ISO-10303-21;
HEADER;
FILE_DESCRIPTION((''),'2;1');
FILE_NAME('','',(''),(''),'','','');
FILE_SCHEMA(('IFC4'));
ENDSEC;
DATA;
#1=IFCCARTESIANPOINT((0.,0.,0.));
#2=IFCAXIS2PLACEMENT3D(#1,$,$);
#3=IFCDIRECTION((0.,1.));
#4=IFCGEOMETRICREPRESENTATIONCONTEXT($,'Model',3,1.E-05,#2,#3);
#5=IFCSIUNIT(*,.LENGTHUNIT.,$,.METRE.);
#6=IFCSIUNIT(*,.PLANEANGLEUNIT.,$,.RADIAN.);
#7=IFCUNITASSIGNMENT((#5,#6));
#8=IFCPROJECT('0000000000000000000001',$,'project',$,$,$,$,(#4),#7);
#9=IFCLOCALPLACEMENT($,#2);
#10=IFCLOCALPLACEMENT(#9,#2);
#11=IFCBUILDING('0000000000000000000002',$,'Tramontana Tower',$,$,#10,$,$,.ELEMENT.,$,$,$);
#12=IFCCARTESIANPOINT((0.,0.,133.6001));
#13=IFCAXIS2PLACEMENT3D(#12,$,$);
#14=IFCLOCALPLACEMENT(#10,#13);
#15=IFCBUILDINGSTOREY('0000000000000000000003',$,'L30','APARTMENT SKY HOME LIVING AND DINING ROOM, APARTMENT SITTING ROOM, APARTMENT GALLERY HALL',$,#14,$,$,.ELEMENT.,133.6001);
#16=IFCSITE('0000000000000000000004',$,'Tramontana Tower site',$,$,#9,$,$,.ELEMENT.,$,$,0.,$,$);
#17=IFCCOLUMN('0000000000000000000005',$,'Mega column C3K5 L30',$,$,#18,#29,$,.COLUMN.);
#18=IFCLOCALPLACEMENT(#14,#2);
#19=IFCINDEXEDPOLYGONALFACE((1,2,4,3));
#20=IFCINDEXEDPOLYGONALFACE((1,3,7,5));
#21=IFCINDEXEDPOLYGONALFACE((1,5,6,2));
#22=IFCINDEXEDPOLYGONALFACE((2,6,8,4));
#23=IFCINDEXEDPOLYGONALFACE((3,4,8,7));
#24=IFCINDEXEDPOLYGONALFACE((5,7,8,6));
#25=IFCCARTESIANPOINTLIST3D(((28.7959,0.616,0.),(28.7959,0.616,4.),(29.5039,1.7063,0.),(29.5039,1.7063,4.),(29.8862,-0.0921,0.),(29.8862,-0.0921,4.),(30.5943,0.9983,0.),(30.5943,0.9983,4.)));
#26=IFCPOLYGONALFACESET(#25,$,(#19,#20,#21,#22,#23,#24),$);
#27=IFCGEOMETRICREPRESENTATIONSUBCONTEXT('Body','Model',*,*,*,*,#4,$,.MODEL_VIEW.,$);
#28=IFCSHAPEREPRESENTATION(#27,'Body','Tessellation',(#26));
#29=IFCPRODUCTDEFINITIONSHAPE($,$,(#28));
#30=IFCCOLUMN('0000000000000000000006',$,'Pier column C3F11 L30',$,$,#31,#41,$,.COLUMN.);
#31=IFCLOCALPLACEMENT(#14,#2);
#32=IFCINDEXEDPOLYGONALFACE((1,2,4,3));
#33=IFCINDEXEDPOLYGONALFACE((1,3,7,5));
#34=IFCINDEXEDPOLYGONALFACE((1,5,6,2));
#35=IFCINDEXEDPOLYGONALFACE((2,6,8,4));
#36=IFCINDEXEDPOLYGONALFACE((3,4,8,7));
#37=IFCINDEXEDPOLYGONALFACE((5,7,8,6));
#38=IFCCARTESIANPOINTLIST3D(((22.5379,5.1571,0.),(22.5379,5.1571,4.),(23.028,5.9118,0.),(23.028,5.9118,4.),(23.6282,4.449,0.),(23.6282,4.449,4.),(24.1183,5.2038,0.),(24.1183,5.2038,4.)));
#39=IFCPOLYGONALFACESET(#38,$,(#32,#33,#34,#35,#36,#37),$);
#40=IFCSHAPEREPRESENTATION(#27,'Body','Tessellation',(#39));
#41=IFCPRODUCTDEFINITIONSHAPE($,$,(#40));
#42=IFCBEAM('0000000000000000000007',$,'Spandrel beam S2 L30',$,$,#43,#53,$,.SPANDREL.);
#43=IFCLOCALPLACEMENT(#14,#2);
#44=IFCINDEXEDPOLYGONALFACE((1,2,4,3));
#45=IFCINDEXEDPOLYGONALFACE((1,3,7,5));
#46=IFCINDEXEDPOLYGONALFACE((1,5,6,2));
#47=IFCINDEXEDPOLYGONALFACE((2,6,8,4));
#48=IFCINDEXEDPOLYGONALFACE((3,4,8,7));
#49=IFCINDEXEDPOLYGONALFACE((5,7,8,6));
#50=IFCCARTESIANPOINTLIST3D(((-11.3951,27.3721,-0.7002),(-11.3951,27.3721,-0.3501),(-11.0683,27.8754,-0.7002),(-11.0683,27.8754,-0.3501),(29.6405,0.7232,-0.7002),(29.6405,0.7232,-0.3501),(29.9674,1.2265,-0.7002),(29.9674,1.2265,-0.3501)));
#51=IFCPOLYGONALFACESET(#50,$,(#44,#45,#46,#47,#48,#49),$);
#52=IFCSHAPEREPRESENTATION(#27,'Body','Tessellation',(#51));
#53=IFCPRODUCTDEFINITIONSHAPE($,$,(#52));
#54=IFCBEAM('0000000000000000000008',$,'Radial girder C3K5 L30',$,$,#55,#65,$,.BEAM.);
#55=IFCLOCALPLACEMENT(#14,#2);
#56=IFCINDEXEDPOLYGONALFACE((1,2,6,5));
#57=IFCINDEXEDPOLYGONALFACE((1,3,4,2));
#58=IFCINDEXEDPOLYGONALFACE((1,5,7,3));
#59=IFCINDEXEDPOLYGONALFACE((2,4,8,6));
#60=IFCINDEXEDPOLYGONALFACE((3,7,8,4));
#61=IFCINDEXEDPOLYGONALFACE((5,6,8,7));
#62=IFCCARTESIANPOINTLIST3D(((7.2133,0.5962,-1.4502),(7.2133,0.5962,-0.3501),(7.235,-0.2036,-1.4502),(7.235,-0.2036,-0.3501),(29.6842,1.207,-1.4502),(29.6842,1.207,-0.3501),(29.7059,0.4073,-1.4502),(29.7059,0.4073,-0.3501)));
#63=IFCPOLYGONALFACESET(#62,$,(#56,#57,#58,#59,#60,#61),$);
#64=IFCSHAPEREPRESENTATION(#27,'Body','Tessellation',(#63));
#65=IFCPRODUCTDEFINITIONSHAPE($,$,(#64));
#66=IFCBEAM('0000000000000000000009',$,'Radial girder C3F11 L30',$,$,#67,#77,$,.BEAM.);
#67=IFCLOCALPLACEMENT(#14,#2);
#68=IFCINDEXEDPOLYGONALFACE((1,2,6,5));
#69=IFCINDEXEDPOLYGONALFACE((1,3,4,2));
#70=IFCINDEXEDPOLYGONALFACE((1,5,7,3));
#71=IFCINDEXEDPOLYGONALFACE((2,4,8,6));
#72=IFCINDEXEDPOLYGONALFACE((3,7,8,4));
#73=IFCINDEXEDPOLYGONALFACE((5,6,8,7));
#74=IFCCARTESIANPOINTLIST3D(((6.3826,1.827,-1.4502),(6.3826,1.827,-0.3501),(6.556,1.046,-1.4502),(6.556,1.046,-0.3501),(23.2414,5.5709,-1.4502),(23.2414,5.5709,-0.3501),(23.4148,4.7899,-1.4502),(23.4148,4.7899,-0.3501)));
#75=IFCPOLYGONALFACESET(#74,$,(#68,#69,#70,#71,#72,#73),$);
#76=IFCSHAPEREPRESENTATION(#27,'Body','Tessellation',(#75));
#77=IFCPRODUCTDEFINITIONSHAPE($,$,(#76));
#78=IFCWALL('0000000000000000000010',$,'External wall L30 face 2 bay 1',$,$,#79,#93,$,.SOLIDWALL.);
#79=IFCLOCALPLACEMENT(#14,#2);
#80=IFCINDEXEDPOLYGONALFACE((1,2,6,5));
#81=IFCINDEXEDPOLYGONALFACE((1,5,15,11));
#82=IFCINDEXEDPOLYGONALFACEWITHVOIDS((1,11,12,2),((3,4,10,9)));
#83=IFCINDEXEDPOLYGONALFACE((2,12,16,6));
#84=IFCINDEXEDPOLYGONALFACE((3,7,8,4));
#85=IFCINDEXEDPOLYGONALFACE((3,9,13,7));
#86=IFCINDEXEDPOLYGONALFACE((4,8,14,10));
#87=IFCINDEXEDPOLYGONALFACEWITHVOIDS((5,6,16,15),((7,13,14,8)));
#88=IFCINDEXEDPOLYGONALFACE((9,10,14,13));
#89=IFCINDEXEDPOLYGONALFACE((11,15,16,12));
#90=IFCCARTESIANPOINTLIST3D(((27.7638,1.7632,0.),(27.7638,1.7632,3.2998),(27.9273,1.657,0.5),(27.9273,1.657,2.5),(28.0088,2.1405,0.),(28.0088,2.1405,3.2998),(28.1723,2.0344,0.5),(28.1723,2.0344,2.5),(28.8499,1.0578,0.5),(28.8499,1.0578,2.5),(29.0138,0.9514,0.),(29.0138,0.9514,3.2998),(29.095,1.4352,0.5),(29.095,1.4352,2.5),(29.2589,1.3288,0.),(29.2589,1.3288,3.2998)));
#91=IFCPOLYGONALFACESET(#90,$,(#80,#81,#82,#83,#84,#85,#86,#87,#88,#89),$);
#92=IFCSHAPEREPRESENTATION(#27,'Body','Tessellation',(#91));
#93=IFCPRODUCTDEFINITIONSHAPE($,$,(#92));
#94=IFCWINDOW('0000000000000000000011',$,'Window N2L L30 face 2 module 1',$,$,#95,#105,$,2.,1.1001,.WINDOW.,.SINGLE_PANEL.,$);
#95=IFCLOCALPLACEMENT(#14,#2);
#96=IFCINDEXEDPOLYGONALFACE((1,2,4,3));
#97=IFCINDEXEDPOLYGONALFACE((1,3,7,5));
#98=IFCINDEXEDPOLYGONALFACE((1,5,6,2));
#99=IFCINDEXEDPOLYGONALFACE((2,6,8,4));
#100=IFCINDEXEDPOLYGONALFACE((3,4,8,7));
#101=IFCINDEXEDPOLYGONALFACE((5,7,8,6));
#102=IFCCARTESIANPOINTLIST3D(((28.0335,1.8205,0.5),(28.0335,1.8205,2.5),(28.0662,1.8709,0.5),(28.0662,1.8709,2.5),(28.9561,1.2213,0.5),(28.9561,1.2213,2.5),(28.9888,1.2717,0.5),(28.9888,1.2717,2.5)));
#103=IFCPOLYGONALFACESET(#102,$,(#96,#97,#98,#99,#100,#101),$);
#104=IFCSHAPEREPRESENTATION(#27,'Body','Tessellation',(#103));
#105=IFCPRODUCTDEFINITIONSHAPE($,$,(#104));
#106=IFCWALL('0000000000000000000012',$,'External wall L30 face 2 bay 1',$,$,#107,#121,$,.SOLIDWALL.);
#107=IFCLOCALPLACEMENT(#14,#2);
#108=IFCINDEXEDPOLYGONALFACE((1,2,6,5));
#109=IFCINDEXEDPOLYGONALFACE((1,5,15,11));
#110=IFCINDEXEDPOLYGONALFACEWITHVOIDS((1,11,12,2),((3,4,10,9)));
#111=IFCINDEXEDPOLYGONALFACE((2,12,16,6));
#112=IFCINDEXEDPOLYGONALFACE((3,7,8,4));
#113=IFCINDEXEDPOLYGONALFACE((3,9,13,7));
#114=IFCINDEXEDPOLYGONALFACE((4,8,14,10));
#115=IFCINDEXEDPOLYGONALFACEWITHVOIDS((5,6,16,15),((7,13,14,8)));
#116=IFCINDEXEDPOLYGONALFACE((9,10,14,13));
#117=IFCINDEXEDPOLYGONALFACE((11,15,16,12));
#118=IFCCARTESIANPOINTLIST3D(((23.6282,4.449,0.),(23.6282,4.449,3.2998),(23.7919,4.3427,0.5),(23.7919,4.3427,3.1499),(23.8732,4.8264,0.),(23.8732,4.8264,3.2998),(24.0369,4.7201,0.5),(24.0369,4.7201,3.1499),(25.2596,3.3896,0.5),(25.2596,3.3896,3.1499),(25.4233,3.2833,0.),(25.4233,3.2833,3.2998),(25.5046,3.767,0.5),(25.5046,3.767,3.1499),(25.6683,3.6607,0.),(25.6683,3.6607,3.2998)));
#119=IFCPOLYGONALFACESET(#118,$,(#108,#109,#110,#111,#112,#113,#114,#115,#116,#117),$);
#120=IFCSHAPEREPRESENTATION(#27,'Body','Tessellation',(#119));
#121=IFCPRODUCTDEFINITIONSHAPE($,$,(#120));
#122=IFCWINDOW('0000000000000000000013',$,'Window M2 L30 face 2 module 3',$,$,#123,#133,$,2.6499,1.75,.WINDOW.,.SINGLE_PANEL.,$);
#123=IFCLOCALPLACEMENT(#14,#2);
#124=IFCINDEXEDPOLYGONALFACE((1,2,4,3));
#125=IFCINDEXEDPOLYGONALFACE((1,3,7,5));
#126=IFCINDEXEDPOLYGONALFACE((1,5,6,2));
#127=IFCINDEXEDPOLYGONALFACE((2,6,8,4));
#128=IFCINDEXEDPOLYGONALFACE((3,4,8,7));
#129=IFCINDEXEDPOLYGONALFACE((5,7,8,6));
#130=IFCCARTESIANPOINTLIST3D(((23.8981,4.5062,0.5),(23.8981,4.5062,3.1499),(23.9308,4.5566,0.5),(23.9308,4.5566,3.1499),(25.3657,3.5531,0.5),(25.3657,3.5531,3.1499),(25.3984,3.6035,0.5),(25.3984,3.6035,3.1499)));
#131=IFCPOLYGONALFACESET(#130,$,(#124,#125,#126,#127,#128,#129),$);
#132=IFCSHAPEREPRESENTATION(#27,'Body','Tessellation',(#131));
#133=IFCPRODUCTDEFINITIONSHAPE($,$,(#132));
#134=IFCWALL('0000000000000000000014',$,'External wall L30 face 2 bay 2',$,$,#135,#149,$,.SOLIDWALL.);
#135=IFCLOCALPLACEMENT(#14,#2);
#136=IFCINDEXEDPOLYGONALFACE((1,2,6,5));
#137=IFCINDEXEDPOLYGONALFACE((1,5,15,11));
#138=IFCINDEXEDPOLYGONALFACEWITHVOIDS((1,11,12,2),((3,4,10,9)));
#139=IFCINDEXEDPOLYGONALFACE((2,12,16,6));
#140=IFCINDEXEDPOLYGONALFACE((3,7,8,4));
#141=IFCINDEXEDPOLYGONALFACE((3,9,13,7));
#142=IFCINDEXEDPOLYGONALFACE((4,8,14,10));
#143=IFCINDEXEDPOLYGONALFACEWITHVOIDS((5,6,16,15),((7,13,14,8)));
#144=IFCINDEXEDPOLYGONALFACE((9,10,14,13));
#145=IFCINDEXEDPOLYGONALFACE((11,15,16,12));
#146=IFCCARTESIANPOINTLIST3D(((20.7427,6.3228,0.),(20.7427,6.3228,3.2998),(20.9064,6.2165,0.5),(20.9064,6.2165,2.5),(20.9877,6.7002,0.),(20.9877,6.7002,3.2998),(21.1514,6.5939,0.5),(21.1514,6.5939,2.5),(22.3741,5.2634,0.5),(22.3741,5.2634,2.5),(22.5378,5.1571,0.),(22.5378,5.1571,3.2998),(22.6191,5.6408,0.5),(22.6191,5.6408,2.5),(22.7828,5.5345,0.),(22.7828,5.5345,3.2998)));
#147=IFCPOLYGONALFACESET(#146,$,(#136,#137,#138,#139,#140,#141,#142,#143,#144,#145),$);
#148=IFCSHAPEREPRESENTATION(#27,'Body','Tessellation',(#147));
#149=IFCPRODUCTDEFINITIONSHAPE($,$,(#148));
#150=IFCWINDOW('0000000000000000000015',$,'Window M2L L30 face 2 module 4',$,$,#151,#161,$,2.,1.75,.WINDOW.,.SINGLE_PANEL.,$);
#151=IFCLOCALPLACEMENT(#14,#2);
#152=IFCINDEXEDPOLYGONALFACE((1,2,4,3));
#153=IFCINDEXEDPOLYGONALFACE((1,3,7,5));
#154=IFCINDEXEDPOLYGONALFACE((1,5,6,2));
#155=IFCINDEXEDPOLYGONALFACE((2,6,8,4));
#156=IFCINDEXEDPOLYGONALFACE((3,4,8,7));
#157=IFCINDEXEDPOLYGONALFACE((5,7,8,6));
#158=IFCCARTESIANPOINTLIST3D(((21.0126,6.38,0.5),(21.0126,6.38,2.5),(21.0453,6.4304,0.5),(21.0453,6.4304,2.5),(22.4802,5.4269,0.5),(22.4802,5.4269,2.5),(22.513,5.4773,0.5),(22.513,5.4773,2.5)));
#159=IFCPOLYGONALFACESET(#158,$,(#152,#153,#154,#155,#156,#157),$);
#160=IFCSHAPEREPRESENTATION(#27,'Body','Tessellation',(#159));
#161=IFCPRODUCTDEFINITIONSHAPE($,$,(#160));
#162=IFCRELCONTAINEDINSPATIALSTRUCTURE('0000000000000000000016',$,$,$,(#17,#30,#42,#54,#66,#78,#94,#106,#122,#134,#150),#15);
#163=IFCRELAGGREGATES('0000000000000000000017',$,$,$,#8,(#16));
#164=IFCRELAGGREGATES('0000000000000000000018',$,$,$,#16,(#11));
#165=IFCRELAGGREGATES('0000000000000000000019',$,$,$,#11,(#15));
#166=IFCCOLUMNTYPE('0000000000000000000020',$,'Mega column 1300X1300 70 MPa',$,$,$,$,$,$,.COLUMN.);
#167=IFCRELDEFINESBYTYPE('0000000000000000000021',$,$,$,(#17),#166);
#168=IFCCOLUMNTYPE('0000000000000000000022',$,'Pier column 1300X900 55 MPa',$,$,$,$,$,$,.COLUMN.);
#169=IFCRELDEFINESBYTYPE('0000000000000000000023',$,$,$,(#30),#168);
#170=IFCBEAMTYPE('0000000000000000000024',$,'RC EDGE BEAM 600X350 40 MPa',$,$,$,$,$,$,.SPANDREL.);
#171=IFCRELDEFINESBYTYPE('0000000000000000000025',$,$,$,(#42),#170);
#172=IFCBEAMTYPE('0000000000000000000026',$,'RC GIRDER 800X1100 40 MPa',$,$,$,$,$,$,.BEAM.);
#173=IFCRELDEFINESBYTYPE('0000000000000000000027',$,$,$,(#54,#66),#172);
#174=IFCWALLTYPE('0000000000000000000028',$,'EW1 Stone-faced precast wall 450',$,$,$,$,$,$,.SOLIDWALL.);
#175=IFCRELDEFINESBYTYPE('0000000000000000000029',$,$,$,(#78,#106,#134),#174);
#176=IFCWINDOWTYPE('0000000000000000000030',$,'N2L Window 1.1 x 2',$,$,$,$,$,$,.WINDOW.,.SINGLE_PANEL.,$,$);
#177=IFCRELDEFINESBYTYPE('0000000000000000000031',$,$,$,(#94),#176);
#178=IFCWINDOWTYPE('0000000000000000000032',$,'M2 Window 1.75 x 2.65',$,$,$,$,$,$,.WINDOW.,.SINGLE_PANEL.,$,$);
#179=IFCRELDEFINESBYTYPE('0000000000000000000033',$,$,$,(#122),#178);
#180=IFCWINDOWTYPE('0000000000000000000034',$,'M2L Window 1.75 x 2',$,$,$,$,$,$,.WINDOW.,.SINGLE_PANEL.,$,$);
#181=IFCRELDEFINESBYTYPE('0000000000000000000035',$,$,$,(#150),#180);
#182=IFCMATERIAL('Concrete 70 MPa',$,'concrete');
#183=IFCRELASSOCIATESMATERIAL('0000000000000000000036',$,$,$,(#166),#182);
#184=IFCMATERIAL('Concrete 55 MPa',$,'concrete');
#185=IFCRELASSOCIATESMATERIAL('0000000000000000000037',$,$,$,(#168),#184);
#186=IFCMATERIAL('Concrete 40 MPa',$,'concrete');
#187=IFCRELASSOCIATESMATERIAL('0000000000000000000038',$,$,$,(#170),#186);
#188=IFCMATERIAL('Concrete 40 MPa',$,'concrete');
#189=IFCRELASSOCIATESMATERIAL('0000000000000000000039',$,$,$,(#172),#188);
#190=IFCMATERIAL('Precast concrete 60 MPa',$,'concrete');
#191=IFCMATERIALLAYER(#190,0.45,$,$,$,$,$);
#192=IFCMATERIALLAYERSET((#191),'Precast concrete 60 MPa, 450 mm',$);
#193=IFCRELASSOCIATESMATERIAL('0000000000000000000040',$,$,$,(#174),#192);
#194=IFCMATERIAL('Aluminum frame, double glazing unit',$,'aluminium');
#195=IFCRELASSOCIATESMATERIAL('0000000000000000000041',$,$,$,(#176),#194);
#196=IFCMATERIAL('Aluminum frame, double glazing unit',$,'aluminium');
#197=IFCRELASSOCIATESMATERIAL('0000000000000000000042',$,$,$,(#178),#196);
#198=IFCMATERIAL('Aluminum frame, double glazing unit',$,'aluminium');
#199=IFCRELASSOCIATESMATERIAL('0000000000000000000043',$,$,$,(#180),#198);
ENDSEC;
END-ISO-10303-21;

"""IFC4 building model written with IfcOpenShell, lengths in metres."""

from ifc_helpers import new_model, si_unit, direction, frame, frame_2d, origin, origin_2d, place, context, subcontext, project, spatial, rectangle, extrude, material, layer, layer_set, material_profile, profile_set, type_object, element, fill, save


model = new_model("IFC4")

# Units and contexts
model_context = context("Model", 3, precision=1e-05, world=origin(), true_north=direction((0.0, 1.0)))
body_context = subcontext(model_context, "Body", "Model", "MODEL_VIEW")
ifc_project = project(units=[si_unit("LENGTHUNIT", "METRE"), si_unit("PLANEANGLEUNIT", "RADIAN")], contexts=[model_context])

# Site, building, storey
site_placement = place(None, origin())
site = spatial("IfcSite", under=ifc_project, at=site_placement, Name="Tramontana Tower site", CompositionType="ELEMENT", RefElevation=0.0)
building_placement = place(site_placement, origin())
building = spatial("IfcBuilding", under=site, at=building_placement, Name="Tramontana Tower", CompositionType="ELEMENT")
storey_placement = place(building_placement, frame((0.0, 0.0, 133.6001)))
storey = spatial("IfcBuildingStorey", under=building, at=storey_placement, Name="L30", Description="APARTMENT SKY HOME LIVING AND DINING ROOM, APARTMENT SITTING ROOM, APARTMENT GALLERY HALL", CompositionType="ELEMENT", Elevation=133.6001)

# Columns
ifc_material_1 = material(Name="Concrete 70 MPa", Category="concrete")
ifc_material_profile_1 = material_profile(ifc_material_1, rectangle(XDim=1.3, YDim=1.3, at=origin_2d()), Name="Mega column 1300X1300 70 MPa")
ifc_profile_set_1 = profile_set([ifc_material_profile_1], Name="Concrete 70 MPa")
column_type_1 = type_object("IfcColumnType", Name="Mega column 1300X1300 70 MPa", PredefinedType="COLUMN", material=ifc_profile_set_1)
column_1_placement = place(storey_placement, frame((29.6951, 0.8071, 0.0), z_axis=(0.0, 0.0, 1.0), x_axis=(-0.838671, 0.544639, 0.0)))
element("IfcColumn", 1, at=column_1_placement, inside=storey, type_object=column_type_1, Name="Mega column C3K5 L30", PredefinedType="COLUMN", context=body_context, shape_type="SweptSolid", body=[
    extrude(rectangle(XDim=1.3, YDim=1.3, at=origin_2d()), origin(), (0.0, 0.0, 1.0), 4.0),
])
ifc_material_2 = material(Name="Concrete 55 MPa", Category="concrete")
ifc_material_profile_2 = material_profile(ifc_material_2, rectangle(XDim=1.3, YDim=0.8999, at=origin_2d()), Name="Pier column 1300X900 55 MPa")
ifc_profile_set_2 = profile_set([ifc_material_profile_2], Name="Concrete 55 MPa")
column_type_2 = type_object("IfcColumnType", Name="Pier column 1300X900 55 MPa", PredefinedType="COLUMN", material=ifc_profile_set_2)
column_2_placement = place(storey_placement, frame((23.3281, 5.1804, 0.0), z_axis=(0.0, 0.0, 1.0), x_axis=(-0.838671, 0.544639, 0.0)))
element("IfcColumn", 2, at=column_2_placement, inside=storey, type_object=column_type_2, Name="Pier column C3F11 L30", PredefinedType="COLUMN", context=body_context, shape_type="SweptSolid", body=[
    extrude(rectangle(XDim=1.3, YDim=0.8999, at=origin_2d()), origin(), (0.0, 0.0, 1.0), 4.0),
])

# Beams
ifc_material_3 = material(Name="Concrete 40 MPa", Category="concrete")
ifc_material_profile_3 = material_profile(ifc_material_3, rectangle(XDim=0.6001, YDim=0.3501, at=origin_2d()), Name="RC EDGE BEAM 600X350 40 MPa")
ifc_profile_set_3 = profile_set([ifc_material_profile_3], Name="Concrete 40 MPa")
beam_type_1 = type_object("IfcBeamType", Name="RC EDGE BEAM 600X350 40 MPa", PredefinedType="SPANDREL", material=ifc_profile_set_3)
beam_1_placement = place(storey_placement, frame((29.804, 0.9749, -0.5251), z_axis=(-0.83867, 0.54464, 0.0), x_axis=(-0.54464, -0.83867, 0.0)))
element("IfcBeam", 3, at=beam_1_placement, inside=storey, type_object=beam_type_1, Name="Spandrel beam S2 L30", PredefinedType="SPANDREL", context=body_context, shape_type="SweptSolid", body=[
    extrude(rectangle(XDim=0.6001, YDim=0.3501, at=origin_2d()), origin(), (0.0, 0.0, 1.0), 48.9294),
])
ifc_material_4 = material(Name="Concrete 40 MPa", Category="concrete")
ifc_material_profile_4 = material_profile(ifc_material_4, rectangle(XDim=0.8, YDim=1.1001, at=origin_2d()), Name="RC GIRDER 800X1100 40 MPa")
ifc_profile_set_4 = profile_set([ifc_material_profile_4], Name="Concrete 40 MPa")
beam_type_2 = type_object("IfcBeamType", Name="RC GIRDER 800X1100 40 MPa", PredefinedType="BEAM", material=ifc_profile_set_4)
beam_2_placement = place(storey_placement, frame((29.6951, 0.8071, -0.9001), z_axis=(-0.999631, -0.027173, 0.0), x_axis=(0.027173, -0.999631, 0.0)))
element("IfcBeam", 4, at=beam_2_placement, inside=storey, type_object=beam_type_2, Name="Radial girder C3K5 L30", PredefinedType="BEAM", context=body_context, shape_type="SweptSolid", body=[
    extrude(rectangle(XDim=0.8, YDim=1.1001, at=origin_2d()), origin(), (0.0, 0.0, 1.0), 22.4792),
])
beam_3_placement = place(storey_placement, frame((23.3281, 5.1804, -0.9001), z_axis=(-0.976218, -0.216791, 0.0), x_axis=(0.216791, -0.976218, 0.0)))
element("IfcBeam", 5, at=beam_3_placement, inside=storey, type_object=beam_type_2, Name="Radial girder C3F11 L30", PredefinedType="BEAM", context=body_context, shape_type="SweptSolid", body=[
    extrude(rectangle(XDim=0.8, YDim=1.1001, at=origin_2d()), origin(), (0.0, 0.0, 1.0), 17.2695),
])

# Walls, openings, windows
ifc_material_5 = material(Name="Precast concrete 60 MPa", Category="concrete")
ifc_layer_1 = layer(ifc_material_5, 0.45)
ifc_layer_set_1 = layer_set([ifc_layer_1], Name="Precast concrete 60 MPa, 450 mm")
wall_type_1 = type_object("IfcWallType", Name="EW1 Stone-faced precast wall 450", PredefinedType="SOLIDWALL", material=ifc_layer_set_1)
wall_1_placement = place(storey_placement, frame((29.1362, 1.1401, 0.0), z_axis=(0.0, 0.0, 1.0), x_axis=(-0.838668, 0.544643, 0.0)))
wall_1 = element("IfcWall", 6, at=wall_1_placement, inside=storey, type_object=wall_type_1, Name="External wall L30 face 2 bay 1", PredefinedType="SOLIDWALL", context=body_context, shape_type="SweptSolid", body=[
    extrude(rectangle(XDim=1.4905, YDim=0.45, at=frame_2d((0.7451, 0.0))), origin(), (0.0, 0.0, 1.0), 3.2998),
])
opening_1_placement = place(wall_1_placement, frame((0.1953, 0.0, 0.5)))
opening_1 = element("IfcOpeningElement", 7, at=opening_1_placement, cuts=wall_1, PredefinedType="OPENING", context=body_context, shape_type="SweptSolid", body=[
    extrude(rectangle(XDim=1.1001, YDim=2.0, at=frame_2d((0.55, 1.0))), frame((0.0, 0.2349, 0.0), z_axis=(0.0, -1.0, 0.0), x_axis=(1.0, 0.0, 0.0)), (0.0, 0.0, 1.0), 0.47),
])
ifc_material_6 = material(Name="Aluminum frame, double glazing unit", Category="aluminium")
window_type_1 = type_object("IfcWindowType", Name="N2L Window 1.1 x 2", PartitioningType="SINGLE_PANEL", PredefinedType="WINDOW", material=ifc_material_6)
window_1_placement = place(opening_1_placement, origin())
window_1 = element("IfcWindow", 8, at=window_1_placement, inside=storey, type_object=window_type_1, Name="Window N2L L30 face 2 module 1", OverallHeight=2.0, OverallWidth=1.1001, PartitioningType="SINGLE_PANEL", PredefinedType="WINDOW", context=body_context, shape_type="SweptSolid", body=[
    extrude(rectangle(XDim=1.1001, YDim=2.0, at=frame_2d((0.55, 1.0))), frame((0.0, 0.03, 0.0), z_axis=(0.0, -1.0, 0.0), x_axis=(1.0, 0.0, 0.0)), (0.0, 0.0, 1.0), 0.0601),
])
fill(opening_1, window_1)
wall_2_placement = place(storey_placement, frame((25.5459, 3.4719, 0.0), z_axis=(0.0, 0.0, 1.0), x_axis=(-0.838675, 0.544631, 0.0)))
wall_2 = element("IfcWall", 9, at=wall_2_placement, inside=storey, type_object=wall_type_1, Name="External wall L30 face 2 bay 1", PredefinedType="SOLIDWALL", context=body_context, shape_type="SweptSolid", body=[
    extrude(rectangle(XDim=2.1404, YDim=0.45, at=frame_2d((1.0703, 0.0))), origin(), (0.0, 0.0, 1.0), 3.2998),
])
opening_2_placement = place(wall_2_placement, frame((0.1953, 0.0, 0.5)))
opening_2 = element("IfcOpeningElement", 10, at=opening_2_placement, cuts=wall_2, PredefinedType="OPENING", context=body_context, shape_type="SweptSolid", body=[
    extrude(rectangle(XDim=1.75, YDim=2.6499, at=frame_2d((0.875, 1.325))), frame((0.0, 0.2349, 0.0), z_axis=(0.0, -1.0, 0.0), x_axis=(1.0, 0.0, 0.0)), (0.0, 0.0, 1.0), 0.47),
])
ifc_material_7 = material(Name="Aluminum frame, double glazing unit", Category="aluminium")
window_type_2 = type_object("IfcWindowType", Name="M2 Window 1.75 x 2.65", PartitioningType="SINGLE_PANEL", PredefinedType="WINDOW", material=ifc_material_7)
window_2_placement = place(opening_2_placement, origin())
window_2 = element("IfcWindow", 11, at=window_2_placement, inside=storey, type_object=window_type_2, Name="Window M2 L30 face 2 module 3", OverallHeight=2.6499, OverallWidth=1.75, PartitioningType="SINGLE_PANEL", PredefinedType="WINDOW", context=body_context, shape_type="SweptSolid", body=[
    extrude(rectangle(XDim=1.75, YDim=2.6499, at=frame_2d((0.875, 1.325))), frame((0.0, 0.03, 0.0), z_axis=(0.0, -1.0, 0.0), x_axis=(1.0, 0.0, 0.0)), (0.0, 0.0, 1.0), 0.0601),
])
fill(opening_2, window_2)
wall_3_placement = place(storey_placement, frame((22.6604, 5.3457, 0.0), z_axis=(0.0, 0.0, 1.0), x_axis=(-0.838675, 0.544631, 0.0)))
wall_3 = element("IfcWall", 12, at=wall_3_placement, inside=storey, type_object=wall_type_1, Name="External wall L30 face 2 bay 2", PredefinedType="SOLIDWALL", context=body_context, shape_type="SweptSolid", body=[
    extrude(rectangle(XDim=2.1404, YDim=0.45, at=frame_2d((1.0703, 0.0))), origin(), (0.0, 0.0, 1.0), 3.2998),
])
opening_3_placement = place(wall_3_placement, frame((0.1953, 0.0, 0.5)))
opening_3 = element("IfcOpeningElement", 13, at=opening_3_placement, cuts=wall_3, PredefinedType="OPENING", context=body_context, shape_type="SweptSolid", body=[
    extrude(rectangle(XDim=1.75, YDim=2.0, at=frame_2d((0.875, 1.0))), frame((0.0, 0.2349, 0.0), z_axis=(0.0, -1.0, 0.0), x_axis=(1.0, 0.0, 0.0)), (0.0, 0.0, 1.0), 0.47),
])
ifc_material_8 = material(Name="Aluminum frame, double glazing unit", Category="aluminium")
window_type_3 = type_object("IfcWindowType", Name="M2L Window 1.75 x 2", PartitioningType="SINGLE_PANEL", PredefinedType="WINDOW", material=ifc_material_8)
window_3_placement = place(opening_3_placement, origin())
window_3 = element("IfcWindow", 14, at=window_3_placement, inside=storey, type_object=window_type_3, Name="Window M2L L30 face 2 module 4", OverallHeight=2.0, OverallWidth=1.75, PartitioningType="SINGLE_PANEL", PredefinedType="WINDOW", context=body_context, shape_type="SweptSolid", body=[
    extrude(rectangle(XDim=1.75, YDim=2.0, at=frame_2d((0.875, 1.0))), frame((0.0, 0.03, 0.0), z_axis=(0.0, -1.0, 0.0), x_axis=(1.0, 0.0, 0.0)), (0.0, 0.0, 1.0), 0.0601),
])
fill(opening_3, window_3)

save(model, "model.ifc")
